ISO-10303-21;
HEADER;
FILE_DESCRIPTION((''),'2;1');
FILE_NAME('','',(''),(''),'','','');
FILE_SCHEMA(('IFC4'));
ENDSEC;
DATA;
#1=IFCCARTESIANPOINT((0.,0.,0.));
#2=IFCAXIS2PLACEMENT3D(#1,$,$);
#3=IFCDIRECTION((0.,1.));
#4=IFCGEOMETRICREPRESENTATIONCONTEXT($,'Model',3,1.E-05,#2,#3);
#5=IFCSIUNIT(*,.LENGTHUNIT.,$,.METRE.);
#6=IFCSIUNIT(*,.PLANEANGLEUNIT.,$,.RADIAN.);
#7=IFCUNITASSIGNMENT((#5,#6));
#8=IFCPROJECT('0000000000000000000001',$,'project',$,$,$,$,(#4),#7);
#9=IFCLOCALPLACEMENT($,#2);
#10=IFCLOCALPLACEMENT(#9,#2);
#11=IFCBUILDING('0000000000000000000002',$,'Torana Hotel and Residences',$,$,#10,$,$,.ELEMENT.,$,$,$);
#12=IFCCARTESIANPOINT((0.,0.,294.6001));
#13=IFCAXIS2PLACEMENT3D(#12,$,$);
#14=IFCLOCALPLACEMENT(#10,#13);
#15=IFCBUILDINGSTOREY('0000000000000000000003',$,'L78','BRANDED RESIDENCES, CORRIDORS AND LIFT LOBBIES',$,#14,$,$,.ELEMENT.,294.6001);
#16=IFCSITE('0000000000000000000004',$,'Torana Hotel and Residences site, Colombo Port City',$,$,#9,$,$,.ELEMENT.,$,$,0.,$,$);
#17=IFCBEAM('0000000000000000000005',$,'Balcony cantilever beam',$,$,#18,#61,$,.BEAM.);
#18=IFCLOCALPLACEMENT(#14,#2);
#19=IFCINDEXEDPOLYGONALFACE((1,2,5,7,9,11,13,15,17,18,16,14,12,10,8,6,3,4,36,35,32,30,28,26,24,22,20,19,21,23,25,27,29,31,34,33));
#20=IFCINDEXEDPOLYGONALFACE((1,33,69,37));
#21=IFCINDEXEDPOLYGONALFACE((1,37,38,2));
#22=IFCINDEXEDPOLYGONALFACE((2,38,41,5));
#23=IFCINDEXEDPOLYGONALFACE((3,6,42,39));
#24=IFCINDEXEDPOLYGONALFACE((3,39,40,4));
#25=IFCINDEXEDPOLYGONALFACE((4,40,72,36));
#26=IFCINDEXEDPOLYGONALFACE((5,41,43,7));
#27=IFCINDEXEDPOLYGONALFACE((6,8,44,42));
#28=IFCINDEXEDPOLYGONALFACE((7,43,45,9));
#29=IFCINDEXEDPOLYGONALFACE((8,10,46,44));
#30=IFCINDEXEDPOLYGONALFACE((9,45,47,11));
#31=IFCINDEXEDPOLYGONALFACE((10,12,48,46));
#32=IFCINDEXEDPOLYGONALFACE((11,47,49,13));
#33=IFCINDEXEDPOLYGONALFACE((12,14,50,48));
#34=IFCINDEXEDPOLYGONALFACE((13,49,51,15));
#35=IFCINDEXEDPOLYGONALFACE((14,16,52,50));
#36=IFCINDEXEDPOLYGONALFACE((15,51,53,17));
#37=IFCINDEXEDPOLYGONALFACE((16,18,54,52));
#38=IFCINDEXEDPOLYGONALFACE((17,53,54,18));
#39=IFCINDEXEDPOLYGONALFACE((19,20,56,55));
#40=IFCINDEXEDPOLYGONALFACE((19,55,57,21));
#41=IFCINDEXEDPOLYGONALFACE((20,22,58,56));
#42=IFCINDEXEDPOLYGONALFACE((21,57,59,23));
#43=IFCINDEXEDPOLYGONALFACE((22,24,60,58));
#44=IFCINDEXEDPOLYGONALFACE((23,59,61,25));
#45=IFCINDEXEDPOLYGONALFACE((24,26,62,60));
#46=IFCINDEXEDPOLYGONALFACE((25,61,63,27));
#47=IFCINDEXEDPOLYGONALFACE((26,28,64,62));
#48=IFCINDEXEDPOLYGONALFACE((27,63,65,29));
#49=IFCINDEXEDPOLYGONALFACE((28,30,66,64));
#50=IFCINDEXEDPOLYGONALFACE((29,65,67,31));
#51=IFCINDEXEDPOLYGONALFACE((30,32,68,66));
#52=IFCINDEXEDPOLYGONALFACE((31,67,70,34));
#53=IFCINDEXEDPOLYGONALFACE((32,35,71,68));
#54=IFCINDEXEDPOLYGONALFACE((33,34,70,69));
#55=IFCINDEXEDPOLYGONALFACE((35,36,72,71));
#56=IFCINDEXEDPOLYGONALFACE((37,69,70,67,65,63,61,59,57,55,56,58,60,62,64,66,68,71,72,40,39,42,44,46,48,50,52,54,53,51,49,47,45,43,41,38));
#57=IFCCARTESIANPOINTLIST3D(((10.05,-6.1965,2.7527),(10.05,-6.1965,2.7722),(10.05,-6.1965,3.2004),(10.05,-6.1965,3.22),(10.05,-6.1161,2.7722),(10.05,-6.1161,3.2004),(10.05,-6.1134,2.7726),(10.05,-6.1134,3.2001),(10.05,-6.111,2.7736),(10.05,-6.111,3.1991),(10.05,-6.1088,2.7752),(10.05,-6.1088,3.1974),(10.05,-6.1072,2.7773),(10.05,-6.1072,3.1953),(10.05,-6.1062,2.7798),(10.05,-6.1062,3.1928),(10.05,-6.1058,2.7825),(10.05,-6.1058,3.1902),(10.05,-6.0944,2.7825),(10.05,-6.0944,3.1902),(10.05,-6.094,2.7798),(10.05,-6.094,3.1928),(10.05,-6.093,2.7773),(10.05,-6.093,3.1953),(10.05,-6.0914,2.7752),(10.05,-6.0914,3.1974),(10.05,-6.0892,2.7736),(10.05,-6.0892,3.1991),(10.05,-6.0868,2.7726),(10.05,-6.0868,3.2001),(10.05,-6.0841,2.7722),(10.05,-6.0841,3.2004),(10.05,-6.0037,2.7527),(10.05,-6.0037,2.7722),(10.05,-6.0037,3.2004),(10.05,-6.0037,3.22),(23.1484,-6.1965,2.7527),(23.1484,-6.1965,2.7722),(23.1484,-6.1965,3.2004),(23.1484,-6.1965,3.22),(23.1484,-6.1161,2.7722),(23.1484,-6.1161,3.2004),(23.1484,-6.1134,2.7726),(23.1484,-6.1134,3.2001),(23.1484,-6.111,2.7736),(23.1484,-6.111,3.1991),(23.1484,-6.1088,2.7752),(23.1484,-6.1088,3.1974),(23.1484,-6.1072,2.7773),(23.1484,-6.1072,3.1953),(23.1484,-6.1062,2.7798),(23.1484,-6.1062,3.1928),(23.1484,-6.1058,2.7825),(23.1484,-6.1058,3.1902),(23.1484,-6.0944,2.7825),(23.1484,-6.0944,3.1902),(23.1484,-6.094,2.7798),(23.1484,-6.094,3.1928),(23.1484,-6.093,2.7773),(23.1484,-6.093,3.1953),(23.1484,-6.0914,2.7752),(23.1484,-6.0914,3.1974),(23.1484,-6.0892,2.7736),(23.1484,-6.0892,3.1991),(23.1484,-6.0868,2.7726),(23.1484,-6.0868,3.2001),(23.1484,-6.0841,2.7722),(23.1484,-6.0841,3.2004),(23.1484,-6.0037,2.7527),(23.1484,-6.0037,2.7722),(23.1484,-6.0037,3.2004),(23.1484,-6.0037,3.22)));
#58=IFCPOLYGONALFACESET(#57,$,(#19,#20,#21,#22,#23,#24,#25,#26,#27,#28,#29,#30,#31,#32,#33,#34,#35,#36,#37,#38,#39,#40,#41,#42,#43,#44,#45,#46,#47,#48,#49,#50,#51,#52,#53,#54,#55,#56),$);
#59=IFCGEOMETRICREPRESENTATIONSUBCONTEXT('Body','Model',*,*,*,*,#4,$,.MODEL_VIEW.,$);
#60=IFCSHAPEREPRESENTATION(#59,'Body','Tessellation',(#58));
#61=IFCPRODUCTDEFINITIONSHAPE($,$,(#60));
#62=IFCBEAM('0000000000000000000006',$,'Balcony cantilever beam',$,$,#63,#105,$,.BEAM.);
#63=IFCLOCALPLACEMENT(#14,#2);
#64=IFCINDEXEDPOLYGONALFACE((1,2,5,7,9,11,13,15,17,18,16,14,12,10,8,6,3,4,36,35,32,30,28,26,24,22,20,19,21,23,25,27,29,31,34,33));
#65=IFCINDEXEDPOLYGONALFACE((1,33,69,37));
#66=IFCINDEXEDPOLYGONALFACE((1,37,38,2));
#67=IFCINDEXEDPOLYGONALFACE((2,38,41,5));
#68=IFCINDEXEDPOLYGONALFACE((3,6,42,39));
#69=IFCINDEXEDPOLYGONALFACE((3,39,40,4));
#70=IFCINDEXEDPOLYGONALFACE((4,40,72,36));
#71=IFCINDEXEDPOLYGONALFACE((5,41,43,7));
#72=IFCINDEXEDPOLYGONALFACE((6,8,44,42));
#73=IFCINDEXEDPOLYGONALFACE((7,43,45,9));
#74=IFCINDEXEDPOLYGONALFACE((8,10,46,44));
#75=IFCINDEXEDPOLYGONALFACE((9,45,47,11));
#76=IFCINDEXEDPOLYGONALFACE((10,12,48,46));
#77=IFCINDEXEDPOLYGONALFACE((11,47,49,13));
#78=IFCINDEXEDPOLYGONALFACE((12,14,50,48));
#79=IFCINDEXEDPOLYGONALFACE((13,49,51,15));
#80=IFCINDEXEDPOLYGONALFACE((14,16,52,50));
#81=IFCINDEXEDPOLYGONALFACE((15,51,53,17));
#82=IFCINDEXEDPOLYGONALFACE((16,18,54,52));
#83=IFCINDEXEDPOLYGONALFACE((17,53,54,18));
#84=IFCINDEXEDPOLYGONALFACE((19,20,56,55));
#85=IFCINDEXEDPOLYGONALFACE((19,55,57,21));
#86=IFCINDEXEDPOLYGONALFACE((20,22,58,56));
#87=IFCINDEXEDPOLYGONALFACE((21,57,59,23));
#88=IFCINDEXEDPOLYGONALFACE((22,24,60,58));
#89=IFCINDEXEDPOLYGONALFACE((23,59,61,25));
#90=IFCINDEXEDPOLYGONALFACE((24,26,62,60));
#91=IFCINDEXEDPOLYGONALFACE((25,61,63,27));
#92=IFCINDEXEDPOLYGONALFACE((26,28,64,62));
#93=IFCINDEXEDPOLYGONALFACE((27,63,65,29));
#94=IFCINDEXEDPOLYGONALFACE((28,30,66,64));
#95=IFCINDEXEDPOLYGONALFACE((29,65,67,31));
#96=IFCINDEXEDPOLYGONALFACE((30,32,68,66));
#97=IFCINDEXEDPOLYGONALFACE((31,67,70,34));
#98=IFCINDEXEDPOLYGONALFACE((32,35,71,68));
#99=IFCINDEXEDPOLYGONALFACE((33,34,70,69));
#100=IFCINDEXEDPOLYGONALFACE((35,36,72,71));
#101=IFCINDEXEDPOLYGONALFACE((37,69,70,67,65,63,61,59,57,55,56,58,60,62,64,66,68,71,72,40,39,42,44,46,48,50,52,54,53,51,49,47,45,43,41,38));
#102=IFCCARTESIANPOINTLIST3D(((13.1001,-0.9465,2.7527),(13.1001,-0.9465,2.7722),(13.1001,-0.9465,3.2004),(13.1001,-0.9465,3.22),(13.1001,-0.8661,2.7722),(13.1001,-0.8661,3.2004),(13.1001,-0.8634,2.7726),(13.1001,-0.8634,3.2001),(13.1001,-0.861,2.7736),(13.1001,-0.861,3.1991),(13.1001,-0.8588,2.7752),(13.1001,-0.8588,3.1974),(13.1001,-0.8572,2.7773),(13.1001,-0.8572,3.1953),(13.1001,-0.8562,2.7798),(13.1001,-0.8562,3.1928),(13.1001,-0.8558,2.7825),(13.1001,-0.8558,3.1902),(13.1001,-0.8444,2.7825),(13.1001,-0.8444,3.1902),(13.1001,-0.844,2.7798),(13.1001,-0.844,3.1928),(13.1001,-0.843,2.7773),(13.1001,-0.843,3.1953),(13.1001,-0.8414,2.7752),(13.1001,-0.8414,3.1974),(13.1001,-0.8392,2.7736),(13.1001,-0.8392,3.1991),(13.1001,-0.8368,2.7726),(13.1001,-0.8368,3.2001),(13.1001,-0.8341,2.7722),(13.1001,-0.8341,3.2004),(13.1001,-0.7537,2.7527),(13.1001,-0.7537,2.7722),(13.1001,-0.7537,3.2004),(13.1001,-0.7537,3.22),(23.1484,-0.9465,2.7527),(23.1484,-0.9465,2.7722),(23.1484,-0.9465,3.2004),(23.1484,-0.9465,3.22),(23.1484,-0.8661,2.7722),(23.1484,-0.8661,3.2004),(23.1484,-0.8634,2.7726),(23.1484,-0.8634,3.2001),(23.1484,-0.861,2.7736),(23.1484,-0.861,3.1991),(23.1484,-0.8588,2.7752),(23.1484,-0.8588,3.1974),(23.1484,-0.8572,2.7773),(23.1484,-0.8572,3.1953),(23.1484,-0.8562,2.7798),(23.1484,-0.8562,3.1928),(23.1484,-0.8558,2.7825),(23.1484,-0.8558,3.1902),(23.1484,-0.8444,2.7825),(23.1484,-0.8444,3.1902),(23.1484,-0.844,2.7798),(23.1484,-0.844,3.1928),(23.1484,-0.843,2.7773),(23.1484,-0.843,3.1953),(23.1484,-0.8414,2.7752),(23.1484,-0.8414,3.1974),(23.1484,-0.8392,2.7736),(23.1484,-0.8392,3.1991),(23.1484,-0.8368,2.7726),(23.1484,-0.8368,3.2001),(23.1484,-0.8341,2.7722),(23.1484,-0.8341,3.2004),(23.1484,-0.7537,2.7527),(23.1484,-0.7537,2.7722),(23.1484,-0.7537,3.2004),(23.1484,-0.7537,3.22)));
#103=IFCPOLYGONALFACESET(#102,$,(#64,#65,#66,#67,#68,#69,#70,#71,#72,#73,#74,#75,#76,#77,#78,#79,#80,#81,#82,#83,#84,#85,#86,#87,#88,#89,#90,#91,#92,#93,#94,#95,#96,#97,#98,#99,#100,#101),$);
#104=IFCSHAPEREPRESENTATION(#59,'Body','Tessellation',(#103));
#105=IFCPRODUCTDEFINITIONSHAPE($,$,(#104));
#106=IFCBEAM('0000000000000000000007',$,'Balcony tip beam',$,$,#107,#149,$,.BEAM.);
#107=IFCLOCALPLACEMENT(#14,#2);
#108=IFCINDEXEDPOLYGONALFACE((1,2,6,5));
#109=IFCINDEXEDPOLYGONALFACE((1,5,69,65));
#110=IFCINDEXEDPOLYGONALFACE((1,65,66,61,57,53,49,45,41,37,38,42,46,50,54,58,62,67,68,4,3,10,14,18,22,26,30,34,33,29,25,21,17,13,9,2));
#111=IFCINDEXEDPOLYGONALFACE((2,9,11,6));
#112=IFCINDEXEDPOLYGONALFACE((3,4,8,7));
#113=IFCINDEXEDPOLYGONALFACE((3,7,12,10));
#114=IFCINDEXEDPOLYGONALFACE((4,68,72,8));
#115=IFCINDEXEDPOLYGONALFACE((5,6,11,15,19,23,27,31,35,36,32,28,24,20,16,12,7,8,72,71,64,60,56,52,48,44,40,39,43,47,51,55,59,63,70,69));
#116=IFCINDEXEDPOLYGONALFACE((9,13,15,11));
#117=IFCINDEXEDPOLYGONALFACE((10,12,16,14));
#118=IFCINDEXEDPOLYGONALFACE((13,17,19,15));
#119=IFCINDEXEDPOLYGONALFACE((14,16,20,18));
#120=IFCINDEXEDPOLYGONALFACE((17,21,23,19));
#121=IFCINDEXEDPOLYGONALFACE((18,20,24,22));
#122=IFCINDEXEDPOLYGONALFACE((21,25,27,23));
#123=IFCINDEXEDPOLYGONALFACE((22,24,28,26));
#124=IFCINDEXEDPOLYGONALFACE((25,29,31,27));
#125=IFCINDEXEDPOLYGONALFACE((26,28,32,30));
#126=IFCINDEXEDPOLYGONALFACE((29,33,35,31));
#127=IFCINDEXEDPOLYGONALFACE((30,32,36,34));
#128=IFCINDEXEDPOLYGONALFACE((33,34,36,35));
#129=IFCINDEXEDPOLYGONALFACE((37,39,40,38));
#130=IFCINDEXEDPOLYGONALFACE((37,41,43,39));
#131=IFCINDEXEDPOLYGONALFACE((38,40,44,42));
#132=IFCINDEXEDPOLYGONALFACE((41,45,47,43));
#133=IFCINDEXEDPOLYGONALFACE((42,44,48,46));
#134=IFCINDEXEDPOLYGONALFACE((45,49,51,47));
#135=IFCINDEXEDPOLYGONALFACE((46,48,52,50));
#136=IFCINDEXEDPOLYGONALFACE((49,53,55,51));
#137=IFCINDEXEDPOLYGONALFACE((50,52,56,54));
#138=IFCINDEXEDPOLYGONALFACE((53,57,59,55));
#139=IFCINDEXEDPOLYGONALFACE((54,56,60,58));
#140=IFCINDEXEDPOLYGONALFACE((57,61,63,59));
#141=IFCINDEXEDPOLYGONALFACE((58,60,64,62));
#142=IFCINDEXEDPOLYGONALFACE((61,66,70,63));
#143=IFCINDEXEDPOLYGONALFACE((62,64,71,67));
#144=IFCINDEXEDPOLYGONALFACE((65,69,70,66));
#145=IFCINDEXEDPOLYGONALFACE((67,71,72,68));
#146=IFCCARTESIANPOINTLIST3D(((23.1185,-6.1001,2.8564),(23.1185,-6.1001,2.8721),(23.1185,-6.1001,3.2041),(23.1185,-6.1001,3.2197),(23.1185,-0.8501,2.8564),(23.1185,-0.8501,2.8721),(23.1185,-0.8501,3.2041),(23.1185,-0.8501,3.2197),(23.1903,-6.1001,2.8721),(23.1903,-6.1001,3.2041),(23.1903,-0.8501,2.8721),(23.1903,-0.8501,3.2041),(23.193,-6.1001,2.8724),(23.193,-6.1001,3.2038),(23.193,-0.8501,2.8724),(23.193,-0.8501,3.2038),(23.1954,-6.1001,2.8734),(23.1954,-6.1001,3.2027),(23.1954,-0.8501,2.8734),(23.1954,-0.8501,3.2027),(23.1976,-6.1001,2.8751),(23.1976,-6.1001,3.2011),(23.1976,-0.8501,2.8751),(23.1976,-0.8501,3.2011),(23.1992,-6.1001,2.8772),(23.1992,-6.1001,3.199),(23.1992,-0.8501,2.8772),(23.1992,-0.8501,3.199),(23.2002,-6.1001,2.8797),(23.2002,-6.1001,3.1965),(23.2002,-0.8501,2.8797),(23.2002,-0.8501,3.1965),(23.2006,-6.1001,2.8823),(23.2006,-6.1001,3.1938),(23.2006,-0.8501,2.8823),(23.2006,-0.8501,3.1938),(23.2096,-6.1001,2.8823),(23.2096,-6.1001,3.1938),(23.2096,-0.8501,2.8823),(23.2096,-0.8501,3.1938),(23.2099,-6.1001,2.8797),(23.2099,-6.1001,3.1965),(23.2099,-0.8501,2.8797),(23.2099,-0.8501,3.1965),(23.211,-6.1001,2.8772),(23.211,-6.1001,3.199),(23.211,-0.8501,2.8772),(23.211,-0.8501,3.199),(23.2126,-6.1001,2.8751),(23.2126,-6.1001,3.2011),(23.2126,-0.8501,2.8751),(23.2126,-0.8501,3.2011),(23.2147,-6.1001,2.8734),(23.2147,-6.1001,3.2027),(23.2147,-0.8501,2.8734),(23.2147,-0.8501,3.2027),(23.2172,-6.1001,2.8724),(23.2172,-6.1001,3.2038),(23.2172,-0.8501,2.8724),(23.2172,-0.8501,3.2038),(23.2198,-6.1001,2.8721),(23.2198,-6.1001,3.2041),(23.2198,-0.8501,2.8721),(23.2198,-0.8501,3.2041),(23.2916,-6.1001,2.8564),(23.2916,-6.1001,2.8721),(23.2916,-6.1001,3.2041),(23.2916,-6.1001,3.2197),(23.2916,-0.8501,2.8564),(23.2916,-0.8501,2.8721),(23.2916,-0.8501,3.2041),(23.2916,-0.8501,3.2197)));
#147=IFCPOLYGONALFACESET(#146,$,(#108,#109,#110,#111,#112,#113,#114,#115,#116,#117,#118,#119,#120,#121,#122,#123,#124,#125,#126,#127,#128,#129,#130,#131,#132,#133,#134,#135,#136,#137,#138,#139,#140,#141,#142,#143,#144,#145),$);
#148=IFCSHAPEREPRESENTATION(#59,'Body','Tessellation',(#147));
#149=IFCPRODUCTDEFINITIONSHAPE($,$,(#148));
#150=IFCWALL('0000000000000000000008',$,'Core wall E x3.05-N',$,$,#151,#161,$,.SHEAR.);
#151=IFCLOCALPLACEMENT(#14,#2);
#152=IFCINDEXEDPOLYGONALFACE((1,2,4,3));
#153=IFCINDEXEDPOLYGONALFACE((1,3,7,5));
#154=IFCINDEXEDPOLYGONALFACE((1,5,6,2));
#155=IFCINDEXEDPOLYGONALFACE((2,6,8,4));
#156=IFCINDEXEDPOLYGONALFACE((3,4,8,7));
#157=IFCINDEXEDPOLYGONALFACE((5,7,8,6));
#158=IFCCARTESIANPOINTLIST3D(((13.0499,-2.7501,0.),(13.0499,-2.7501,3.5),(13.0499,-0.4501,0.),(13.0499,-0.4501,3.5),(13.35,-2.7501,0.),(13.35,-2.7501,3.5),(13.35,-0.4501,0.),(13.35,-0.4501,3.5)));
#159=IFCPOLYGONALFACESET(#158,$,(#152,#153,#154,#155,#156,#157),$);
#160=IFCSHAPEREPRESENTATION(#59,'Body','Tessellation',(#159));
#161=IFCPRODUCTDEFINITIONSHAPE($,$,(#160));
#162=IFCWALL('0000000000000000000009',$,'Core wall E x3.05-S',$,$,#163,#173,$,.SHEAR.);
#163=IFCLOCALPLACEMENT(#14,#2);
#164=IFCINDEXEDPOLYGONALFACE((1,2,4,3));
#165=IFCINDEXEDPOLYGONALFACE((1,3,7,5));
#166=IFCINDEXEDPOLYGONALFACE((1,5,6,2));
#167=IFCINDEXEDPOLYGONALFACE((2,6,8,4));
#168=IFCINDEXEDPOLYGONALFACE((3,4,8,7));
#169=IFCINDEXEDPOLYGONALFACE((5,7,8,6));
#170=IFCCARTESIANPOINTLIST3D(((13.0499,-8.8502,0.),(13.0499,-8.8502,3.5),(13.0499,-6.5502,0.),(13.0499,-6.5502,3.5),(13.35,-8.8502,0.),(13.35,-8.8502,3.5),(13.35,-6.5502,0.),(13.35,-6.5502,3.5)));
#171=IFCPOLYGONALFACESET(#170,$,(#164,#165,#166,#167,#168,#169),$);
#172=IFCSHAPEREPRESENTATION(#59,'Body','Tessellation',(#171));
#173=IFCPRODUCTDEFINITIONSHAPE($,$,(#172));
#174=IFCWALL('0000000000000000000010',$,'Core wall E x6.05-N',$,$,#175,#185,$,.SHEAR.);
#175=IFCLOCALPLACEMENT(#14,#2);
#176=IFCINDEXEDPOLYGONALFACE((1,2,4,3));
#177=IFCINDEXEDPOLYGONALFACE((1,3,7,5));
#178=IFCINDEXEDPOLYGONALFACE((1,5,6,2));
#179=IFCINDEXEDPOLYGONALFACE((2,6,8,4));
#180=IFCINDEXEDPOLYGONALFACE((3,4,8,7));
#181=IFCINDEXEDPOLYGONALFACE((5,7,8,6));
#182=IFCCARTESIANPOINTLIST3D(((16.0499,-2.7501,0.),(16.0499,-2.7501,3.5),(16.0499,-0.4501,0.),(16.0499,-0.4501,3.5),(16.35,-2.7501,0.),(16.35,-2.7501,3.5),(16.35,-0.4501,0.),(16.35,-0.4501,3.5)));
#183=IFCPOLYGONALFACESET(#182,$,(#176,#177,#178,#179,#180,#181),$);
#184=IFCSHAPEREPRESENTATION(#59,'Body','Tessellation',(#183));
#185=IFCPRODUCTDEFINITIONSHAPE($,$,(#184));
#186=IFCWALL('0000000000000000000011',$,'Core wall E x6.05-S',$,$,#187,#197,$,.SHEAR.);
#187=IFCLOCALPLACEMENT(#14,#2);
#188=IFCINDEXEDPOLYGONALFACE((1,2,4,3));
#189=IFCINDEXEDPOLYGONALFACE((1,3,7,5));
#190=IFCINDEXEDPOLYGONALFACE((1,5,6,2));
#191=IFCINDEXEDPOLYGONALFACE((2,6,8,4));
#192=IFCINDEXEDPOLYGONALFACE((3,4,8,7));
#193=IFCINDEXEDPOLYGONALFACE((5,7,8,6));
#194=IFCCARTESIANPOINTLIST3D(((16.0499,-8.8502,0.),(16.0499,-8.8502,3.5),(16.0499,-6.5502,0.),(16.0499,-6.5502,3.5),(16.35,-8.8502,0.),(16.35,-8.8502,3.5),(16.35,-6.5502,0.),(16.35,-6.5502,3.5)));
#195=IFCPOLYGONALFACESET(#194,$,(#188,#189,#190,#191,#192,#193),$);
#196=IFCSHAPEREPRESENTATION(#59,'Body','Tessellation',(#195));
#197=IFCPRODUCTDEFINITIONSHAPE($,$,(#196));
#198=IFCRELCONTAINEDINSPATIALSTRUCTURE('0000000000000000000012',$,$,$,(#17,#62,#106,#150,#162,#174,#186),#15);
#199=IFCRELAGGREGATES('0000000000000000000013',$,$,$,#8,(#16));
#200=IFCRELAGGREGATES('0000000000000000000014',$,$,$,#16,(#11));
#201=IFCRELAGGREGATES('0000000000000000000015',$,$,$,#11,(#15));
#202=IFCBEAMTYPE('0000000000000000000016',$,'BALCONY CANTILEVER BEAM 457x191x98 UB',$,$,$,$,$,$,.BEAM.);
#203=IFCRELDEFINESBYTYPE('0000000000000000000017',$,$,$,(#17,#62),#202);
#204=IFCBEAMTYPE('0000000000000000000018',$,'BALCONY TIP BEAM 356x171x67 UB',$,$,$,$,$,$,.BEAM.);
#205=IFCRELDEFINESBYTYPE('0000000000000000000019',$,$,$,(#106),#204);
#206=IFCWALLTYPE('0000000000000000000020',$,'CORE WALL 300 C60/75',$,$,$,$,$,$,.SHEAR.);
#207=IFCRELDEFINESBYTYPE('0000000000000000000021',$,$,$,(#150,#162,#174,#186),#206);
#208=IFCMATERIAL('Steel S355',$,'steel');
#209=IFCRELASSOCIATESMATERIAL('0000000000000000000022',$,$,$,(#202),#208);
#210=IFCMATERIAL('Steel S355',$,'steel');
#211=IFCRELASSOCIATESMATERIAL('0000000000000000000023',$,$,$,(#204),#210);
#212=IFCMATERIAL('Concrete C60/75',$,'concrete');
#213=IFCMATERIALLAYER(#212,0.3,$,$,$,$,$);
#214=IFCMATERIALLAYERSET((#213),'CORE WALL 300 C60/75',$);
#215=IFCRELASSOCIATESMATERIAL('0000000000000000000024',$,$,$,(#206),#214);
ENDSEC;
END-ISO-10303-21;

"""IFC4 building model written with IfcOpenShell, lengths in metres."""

from ifc_helpers import new_model, si_unit, direction, frame, frame_2d, origin, origin_2d, place, context, subcontext, project, spatial, rectangle, i_section, extrude, material, layer, layer_set, material_profile, profile_set, type_object, element, save


model = new_model("IFC4")

# Units and contexts
model_context = context("Model", 3, precision=1e-05, world=origin(), true_north=direction((0.0, 1.0)))
body_context = subcontext(model_context, "Body", "Model", "MODEL_VIEW")
ifc_project = project(units=[si_unit("LENGTHUNIT", "METRE"), si_unit("PLANEANGLEUNIT", "RADIAN")], contexts=[model_context])

# Site, building, storey
site_placement = place(None, origin())
site = spatial("IfcSite", under=ifc_project, at=site_placement, Name="Torana Hotel and Residences site, Colombo Port City", CompositionType="ELEMENT", RefElevation=0.0)
building_placement = place(site_placement, origin())
building = spatial("IfcBuilding", under=site, at=building_placement, Name="Torana Hotel and Residences", CompositionType="ELEMENT")
storey_placement = place(building_placement, frame((0.0, 0.0, 294.6001)))
storey = spatial("IfcBuildingStorey", under=building, at=storey_placement, Name="L78", Description="BRANDED RESIDENCES, CORRIDORS AND LIFT LOBBIES", CompositionType="ELEMENT", Elevation=294.6001)

# Beams
ifc_material_1 = material(Name="Steel S355", Category="steel")
ifc_material_profile_1 = material_profile(ifc_material_1, i_section(OverallWidth=0.1929, OverallDepth=0.4673, WebThickness=0.0115, FlangeThickness=0.0195, FilletRadius=0.0103, at=origin_2d()), Name="457x191x98 UB")
ifc_profile_set_1 = profile_set([ifc_material_profile_1], Name="Steel S355")
beam_type_1 = type_object("IfcBeamType", Name="BALCONY CANTILEVER BEAM 457x191x98 UB", PredefinedType="BEAM", material=ifc_profile_set_1)
beam_1_placement = place(storey_placement, frame((23.1484, -6.1001, 2.9863), z_axis=(-1.0, 0.0, 0.0), x_axis=(0.0, -1.0, 0.0)))
element("IfcBeam", 1, at=beam_1_placement, inside=storey, type_object=beam_type_1, Name="Balcony cantilever beam", PredefinedType="BEAM", context=body_context, shape_type="SweptSolid", body=[
    extrude(i_section(OverallWidth=0.1929, OverallDepth=0.4673, WebThickness=0.0115, FlangeThickness=0.0195, FilletRadius=0.0103, at=origin_2d()), origin(), (0.0, 0.0, 1.0), 13.0984),
])
beam_2_placement = place(storey_placement, frame((23.1484, -0.8501, 2.9863), z_axis=(-1.0, 0.0, 0.0), x_axis=(0.0, -1.0, 0.0)))
element("IfcBeam", 2, at=beam_2_placement, inside=storey, type_object=beam_type_1, Name="Balcony cantilever beam", PredefinedType="BEAM", context=body_context, shape_type="SweptSolid", body=[
    extrude(i_section(OverallWidth=0.1929, OverallDepth=0.4673, WebThickness=0.0115, FlangeThickness=0.0195, FilletRadius=0.0103, at=origin_2d()), origin(), (0.0, 0.0, 1.0), 10.0483),
])
ifc_material_2 = material(Name="Steel S355", Category="steel")
ifc_material_profile_2 = material_profile(ifc_material_2, i_section(OverallWidth=0.1731, OverallDepth=0.3633, WebThickness=0.009, FlangeThickness=0.0156, FilletRadius=0.0103, at=origin_2d()), Name="356x171x67 UB")
ifc_profile_set_2 = profile_set([ifc_material_profile_2], Name="Steel S355")
beam_type_2 = type_object("IfcBeamType", Name="BALCONY TIP BEAM 356x171x67 UB", PredefinedType="BEAM", material=ifc_profile_set_2)
beam_3_placement = place(storey_placement, frame((23.2051, -6.1001, 3.0381), z_axis=(0.0, 1.0, 0.0), x_axis=(-1.0, 0.0, 0.0)))
element("IfcBeam", 3, at=beam_3_placement, inside=storey, type_object=beam_type_2, Name="Balcony tip beam", PredefinedType="BEAM", context=body_context, shape_type="SweptSolid", body=[
    extrude(i_section(OverallWidth=0.1731, OverallDepth=0.3633, WebThickness=0.009, FlangeThickness=0.0156, FilletRadius=0.0103, at=origin_2d()), origin(), (0.0, 0.0, 1.0), 5.25),
])

# Walls
ifc_material_3 = material(Name="Concrete C60/75", Category="concrete")
ifc_layer_1 = layer(ifc_material_3, 0.3)
ifc_layer_set_1 = layer_set([ifc_layer_1], Name="CORE WALL 300 C60/75")
wall_type_1 = type_object("IfcWallType", Name="CORE WALL 300 C60/75", PredefinedType="SHEAR", material=ifc_layer_set_1)
for number, where, z_axis, x_axis, name in (
    (4, (13.2, -2.75, 0.0), (0.0, 0.0, 1.0), (0.0, 1.0, 0.0), "Core wall E x3.05-N"),
    (5, (13.2, -8.8501, 0.0), (0.0, 0.0, 1.0), (0.0, 1.0, 0.0), "Core wall E x3.05-S"),
    (6, (16.2, -2.75, 0.0), (0.0, 0.0, 1.0), (0.0, 1.0, 0.0), "Core wall E x6.05-N"),
    (7, (16.2, -8.8501, 0.0), (0.0, 0.0, 1.0), (0.0, 1.0, 0.0), "Core wall E x6.05-S"),
):
    element("IfcWall", number, at=place(storey_placement, frame(where, z_axis=z_axis, x_axis=x_axis)), inside=storey, type_object=wall_type_1, Name=name, PredefinedType="SHEAR", context=body_context, shape_type="SweptSolid", body=[
        extrude(rectangle(XDim=2.3, YDim=0.3, at=frame_2d((1.1499, 0.0))), origin(), (0.0, 0.0, 1.0), 3.5),
    ])

save(model, "model.ifc")
